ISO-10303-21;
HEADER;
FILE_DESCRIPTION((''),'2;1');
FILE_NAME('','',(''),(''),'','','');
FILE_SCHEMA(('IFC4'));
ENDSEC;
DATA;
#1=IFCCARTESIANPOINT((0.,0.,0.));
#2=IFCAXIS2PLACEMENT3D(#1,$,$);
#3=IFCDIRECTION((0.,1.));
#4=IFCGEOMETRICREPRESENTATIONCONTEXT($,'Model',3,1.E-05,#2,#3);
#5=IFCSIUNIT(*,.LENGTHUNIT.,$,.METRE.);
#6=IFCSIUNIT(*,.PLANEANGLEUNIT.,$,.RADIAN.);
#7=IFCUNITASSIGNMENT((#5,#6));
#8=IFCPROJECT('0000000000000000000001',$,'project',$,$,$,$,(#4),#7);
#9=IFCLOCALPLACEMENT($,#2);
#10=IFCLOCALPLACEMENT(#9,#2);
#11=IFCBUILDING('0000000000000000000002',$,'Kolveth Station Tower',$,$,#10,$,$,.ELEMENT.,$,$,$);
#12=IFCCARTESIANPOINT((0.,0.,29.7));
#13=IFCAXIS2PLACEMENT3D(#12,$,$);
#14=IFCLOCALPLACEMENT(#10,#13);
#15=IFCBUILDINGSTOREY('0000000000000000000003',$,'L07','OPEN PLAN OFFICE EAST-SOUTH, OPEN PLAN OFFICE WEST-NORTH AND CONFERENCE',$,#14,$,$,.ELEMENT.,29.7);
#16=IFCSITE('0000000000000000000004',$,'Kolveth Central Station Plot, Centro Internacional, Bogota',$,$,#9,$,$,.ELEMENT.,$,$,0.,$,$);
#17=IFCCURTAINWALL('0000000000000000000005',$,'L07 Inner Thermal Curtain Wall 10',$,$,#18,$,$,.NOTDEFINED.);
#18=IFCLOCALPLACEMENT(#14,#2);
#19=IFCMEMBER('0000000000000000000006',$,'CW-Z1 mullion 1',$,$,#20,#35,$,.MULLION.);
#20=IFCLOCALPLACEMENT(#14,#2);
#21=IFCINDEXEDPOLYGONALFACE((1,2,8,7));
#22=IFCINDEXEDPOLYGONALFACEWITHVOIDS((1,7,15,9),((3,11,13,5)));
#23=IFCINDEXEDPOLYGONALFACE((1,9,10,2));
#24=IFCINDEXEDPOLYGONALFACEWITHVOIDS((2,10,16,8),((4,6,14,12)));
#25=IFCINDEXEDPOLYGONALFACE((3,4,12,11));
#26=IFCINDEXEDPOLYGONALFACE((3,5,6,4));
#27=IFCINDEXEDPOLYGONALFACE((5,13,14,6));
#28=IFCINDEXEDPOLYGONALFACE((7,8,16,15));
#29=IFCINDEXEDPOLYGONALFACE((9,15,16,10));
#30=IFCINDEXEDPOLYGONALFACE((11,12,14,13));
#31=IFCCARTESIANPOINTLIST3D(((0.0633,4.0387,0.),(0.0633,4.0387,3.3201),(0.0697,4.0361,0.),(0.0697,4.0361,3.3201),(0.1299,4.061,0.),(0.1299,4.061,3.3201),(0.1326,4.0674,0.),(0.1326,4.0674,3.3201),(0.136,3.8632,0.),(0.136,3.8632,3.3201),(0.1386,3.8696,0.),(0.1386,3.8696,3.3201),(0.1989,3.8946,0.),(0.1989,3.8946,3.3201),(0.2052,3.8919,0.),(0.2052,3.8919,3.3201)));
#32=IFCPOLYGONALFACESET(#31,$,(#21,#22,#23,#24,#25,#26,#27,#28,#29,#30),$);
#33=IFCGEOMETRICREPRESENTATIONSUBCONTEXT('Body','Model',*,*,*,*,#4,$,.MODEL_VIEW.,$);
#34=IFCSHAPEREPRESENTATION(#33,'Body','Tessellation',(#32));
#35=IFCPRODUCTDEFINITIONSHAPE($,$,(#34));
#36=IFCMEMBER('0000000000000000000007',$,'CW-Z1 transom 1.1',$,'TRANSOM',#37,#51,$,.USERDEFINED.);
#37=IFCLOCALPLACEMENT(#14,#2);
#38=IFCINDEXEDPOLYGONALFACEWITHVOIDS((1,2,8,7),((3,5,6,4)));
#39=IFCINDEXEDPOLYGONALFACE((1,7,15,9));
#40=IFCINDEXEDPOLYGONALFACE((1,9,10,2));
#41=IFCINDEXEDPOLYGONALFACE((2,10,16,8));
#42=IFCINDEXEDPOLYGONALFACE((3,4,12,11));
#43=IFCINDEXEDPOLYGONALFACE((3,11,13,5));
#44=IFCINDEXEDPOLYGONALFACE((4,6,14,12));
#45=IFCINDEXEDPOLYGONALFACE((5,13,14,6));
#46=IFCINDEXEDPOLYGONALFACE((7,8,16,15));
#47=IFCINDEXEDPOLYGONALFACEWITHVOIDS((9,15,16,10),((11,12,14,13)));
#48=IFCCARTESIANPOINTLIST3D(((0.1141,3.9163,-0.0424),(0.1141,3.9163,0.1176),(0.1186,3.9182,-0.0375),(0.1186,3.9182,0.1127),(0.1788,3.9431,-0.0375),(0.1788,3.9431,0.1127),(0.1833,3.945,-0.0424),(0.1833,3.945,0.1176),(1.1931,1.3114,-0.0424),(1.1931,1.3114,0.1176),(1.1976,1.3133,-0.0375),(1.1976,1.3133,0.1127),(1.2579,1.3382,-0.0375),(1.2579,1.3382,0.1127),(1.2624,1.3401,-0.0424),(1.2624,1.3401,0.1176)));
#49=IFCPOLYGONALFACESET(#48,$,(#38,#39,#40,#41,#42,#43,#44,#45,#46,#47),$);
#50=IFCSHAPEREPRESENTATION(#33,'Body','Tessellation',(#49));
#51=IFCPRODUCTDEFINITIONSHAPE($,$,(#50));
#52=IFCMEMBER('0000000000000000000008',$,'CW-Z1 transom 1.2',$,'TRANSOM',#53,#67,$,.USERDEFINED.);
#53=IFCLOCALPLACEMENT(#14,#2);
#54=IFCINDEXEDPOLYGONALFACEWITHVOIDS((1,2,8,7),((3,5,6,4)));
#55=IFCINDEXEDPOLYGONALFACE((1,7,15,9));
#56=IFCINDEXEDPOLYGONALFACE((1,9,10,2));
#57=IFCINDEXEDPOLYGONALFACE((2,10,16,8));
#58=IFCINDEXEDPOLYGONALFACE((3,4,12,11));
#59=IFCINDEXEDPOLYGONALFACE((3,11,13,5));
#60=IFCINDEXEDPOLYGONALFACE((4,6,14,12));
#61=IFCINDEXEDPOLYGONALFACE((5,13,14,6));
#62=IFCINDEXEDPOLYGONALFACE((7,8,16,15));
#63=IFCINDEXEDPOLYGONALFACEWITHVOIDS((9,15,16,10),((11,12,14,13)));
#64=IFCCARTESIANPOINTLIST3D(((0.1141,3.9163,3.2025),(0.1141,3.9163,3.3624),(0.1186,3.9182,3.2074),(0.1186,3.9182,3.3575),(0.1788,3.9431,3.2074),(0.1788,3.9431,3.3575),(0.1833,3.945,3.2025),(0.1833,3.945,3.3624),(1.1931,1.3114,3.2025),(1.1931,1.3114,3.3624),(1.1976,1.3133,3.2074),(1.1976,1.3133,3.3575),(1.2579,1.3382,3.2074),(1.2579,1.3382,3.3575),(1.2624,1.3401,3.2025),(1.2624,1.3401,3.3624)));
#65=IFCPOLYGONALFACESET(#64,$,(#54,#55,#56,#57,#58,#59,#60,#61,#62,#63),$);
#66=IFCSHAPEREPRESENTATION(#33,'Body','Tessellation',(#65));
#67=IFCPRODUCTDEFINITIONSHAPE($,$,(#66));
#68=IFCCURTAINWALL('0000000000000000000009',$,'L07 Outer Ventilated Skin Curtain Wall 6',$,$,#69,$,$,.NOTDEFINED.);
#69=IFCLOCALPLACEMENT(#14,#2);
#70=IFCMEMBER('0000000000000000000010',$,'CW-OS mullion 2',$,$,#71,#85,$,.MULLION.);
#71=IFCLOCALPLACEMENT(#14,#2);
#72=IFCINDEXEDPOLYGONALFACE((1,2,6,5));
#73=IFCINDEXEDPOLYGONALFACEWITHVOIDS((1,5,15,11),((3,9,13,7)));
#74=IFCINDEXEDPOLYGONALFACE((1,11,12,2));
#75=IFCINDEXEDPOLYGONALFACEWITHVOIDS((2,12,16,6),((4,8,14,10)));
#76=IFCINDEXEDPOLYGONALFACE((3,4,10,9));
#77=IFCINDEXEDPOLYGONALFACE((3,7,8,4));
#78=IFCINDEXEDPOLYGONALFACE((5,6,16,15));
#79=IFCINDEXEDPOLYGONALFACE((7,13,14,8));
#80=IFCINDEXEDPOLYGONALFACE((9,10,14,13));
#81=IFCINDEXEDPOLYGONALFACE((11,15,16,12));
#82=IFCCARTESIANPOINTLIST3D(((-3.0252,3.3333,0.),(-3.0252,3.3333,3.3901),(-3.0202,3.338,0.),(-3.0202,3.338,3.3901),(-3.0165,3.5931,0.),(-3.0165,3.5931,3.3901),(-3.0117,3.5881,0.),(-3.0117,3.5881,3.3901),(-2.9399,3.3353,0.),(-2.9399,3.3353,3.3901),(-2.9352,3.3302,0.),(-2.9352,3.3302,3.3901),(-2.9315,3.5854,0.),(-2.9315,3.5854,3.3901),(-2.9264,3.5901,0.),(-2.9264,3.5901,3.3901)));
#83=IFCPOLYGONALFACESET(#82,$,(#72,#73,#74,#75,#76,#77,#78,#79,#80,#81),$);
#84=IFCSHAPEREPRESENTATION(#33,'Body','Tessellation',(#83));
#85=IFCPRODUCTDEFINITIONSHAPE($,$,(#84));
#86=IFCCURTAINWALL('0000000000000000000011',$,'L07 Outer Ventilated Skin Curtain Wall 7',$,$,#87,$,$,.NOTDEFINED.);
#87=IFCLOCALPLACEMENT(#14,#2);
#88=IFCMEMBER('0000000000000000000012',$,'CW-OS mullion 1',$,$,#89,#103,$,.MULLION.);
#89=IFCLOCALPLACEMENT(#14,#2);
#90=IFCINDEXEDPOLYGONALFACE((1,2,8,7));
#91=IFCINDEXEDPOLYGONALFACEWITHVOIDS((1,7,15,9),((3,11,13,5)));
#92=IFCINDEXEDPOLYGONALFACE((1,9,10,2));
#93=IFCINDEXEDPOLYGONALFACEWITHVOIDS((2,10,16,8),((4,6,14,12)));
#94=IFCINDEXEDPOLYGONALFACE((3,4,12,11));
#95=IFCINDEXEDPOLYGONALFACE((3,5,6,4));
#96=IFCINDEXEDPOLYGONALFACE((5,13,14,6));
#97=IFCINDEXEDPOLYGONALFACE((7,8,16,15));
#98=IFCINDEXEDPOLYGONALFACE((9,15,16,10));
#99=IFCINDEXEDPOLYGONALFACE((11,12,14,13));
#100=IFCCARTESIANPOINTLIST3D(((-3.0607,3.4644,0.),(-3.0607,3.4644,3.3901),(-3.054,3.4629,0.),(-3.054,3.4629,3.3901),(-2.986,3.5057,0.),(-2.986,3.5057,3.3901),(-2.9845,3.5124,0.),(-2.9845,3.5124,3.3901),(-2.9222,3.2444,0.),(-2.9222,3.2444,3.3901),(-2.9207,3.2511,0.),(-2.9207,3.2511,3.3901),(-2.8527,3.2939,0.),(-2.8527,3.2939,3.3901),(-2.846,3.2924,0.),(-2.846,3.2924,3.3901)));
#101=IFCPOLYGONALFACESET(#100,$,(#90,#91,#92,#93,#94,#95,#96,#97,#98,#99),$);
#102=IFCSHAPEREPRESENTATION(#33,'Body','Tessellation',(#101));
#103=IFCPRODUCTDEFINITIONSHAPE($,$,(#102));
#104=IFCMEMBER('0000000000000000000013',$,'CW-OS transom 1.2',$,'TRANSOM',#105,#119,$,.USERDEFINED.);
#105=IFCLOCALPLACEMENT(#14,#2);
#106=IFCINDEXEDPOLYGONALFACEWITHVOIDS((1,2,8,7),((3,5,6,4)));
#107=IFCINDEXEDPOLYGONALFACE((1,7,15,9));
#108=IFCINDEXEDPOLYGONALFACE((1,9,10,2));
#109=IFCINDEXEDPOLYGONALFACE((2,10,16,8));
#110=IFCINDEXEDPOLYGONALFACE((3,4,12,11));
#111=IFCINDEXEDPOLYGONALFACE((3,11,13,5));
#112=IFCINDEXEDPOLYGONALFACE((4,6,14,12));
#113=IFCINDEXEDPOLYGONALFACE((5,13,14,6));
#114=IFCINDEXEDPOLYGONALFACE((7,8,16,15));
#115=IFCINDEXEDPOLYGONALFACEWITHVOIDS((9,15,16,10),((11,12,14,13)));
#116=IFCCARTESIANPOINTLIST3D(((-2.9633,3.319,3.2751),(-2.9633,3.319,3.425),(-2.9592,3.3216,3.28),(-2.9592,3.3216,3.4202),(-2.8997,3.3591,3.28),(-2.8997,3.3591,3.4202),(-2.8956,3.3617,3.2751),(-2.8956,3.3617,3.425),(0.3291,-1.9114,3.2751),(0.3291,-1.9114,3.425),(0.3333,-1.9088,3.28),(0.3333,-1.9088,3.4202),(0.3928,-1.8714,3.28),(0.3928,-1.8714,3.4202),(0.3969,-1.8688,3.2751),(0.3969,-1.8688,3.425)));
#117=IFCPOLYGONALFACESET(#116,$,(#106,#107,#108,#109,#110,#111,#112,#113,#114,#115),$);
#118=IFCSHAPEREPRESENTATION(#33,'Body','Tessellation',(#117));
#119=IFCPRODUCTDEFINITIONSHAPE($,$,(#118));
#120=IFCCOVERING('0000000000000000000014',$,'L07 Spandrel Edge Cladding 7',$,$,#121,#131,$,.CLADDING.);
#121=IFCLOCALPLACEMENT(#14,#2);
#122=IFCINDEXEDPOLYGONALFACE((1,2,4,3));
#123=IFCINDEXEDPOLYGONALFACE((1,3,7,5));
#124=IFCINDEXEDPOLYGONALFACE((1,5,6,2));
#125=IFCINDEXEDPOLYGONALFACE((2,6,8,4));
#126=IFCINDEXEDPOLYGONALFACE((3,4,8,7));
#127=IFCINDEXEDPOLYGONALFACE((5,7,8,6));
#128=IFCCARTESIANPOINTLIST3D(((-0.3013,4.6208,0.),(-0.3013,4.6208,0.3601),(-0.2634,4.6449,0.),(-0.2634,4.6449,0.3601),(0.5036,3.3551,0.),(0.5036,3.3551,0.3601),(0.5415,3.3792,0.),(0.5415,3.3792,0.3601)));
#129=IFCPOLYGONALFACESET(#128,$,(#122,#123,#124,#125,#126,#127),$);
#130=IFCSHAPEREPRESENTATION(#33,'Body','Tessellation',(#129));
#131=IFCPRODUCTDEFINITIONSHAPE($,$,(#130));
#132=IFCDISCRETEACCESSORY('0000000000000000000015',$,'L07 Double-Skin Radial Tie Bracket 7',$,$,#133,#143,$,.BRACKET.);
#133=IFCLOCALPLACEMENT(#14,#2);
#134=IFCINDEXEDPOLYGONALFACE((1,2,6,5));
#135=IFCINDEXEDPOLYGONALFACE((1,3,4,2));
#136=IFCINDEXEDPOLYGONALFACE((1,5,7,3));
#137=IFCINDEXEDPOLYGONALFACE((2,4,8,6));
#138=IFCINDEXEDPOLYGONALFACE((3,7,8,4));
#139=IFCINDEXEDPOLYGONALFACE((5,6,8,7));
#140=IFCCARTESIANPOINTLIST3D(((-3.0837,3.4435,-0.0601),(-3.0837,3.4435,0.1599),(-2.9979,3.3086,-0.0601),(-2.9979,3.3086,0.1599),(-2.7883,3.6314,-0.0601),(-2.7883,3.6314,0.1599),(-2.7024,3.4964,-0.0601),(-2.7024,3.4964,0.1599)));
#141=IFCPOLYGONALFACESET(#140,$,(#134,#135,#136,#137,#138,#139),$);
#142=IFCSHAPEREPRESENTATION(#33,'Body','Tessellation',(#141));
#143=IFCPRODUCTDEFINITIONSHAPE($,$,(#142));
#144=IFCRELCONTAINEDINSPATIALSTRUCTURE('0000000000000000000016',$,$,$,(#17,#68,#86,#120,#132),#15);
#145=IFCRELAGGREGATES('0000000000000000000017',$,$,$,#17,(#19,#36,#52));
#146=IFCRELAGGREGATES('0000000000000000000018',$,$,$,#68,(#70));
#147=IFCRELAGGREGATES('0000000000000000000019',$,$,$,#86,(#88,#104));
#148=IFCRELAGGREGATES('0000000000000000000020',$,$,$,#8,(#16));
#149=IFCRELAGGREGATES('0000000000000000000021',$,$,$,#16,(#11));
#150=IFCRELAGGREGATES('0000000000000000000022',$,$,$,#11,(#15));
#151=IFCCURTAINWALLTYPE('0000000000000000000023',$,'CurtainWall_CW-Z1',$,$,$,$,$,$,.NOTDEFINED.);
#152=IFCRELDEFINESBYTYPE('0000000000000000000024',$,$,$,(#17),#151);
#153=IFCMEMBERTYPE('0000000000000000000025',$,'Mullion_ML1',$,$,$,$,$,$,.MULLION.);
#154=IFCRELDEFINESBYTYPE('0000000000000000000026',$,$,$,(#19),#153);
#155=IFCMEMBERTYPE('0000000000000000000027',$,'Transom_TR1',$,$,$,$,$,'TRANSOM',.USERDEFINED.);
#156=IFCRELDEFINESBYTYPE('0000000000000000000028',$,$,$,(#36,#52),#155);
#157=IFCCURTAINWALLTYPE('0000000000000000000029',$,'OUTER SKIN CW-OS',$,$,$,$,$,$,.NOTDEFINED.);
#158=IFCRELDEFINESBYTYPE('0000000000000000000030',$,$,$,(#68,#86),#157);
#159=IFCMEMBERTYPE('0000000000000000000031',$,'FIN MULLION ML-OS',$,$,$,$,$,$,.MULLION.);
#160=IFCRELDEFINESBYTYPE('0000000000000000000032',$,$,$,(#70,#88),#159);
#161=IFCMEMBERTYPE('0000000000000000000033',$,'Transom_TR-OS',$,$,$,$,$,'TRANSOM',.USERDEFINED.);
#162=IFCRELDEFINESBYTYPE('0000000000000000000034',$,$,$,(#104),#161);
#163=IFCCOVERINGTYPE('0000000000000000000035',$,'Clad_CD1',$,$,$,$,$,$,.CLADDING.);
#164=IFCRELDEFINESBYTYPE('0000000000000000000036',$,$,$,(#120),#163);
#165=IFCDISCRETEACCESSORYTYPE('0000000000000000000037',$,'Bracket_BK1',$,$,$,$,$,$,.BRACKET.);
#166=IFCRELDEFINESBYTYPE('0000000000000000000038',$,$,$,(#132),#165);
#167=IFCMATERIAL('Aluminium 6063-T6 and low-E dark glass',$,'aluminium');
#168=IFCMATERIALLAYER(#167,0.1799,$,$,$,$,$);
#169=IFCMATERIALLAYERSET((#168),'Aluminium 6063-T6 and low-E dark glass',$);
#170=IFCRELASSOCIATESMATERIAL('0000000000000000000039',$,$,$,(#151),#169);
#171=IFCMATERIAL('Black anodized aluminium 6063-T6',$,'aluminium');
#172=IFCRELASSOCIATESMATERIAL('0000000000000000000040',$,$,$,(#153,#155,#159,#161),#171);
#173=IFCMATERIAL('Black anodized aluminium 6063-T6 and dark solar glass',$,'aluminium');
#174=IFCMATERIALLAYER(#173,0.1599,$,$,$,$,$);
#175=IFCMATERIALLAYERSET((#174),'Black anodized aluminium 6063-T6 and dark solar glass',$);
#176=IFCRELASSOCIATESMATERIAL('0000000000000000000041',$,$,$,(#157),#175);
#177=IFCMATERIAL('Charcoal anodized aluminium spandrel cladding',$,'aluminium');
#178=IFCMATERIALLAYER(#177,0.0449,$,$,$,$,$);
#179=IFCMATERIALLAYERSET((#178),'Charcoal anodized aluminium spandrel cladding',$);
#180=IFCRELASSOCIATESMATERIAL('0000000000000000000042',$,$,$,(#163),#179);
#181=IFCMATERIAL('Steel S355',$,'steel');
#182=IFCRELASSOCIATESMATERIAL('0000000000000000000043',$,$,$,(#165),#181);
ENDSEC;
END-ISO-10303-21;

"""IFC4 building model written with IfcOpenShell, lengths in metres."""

from ifc_helpers import new_model, si_unit, direction, frame, origin, origin_2d, place, context, subcontext, project, spatial, rectangle, hollow_rectangle, extrude, source, transform, mapped, material, layer, layer_set, material_profile, profile_set, type_object, element, aggregate, save


model = new_model("IFC4")

# Units and contexts
model_context = context("Model", 3, precision=1e-05, world=origin(), true_north=direction((0.0, 1.0)))
body_context = subcontext(model_context, "Body", "Model", "MODEL_VIEW")
ifc_project = project(units=[si_unit("LENGTHUNIT", "METRE"), si_unit("PLANEANGLEUNIT", "RADIAN")], contexts=[model_context])

# Site, building, storey
site_placement = place(None, origin())
site = spatial("IfcSite", under=ifc_project, at=site_placement, Name="Kolveth Central Station Plot, Centro Internacional, Bogota", CompositionType="ELEMENT", RefElevation=0.0)
building_placement = place(site_placement, origin())
building = spatial("IfcBuilding", under=site, at=building_placement, Name="Kolveth Station Tower", CompositionType="ELEMENT")
storey_placement = place(building_placement, frame((0.0, 0.0, 29.7)))
storey = spatial("IfcBuildingStorey", under=building, at=storey_placement, Name="L07", Description="OPEN PLAN OFFICE EAST-SOUTH, OPEN PLAN OFFICE WEST-NORTH AND CONFERENCE", CompositionType="ELEMENT", Elevation=29.7)

# Shared definitions
ifc_material_1 = material(Name="Steel S355", Category="steel")

# Shared definitions
ifc_material_2 = material(Name="Aluminium 6063-T6 and low-E dark glass", Category="aluminium")
ifc_layer_1 = layer(ifc_material_2, 0.1799)
ifc_layer_set_1 = layer_set([ifc_layer_1], Name="Aluminium 6063-T6 and low-E dark glass")
curtain_wall_type_1 = type_object("IfcCurtainWallType", Name="CurtainWall_CW-Z1", PredefinedType="NOTDEFINED", material=ifc_layer_set_1)
ifc_material_3 = material(Name="Black anodized aluminium 6063-T6", Category="aluminium")
ifc_material_profile_1 = material_profile(ifc_material_3, hollow_rectangle(XDim=0.075, YDim=0.1899, WallThickness=0.0049, at=origin_2d()), Name="ALU-75x190x5")
ifc_profile_set_1 = profile_set([ifc_material_profile_1], Name="Black anodized aluminium 6063-T6")
member_type_1 = type_object("IfcMemberType", Name="Mullion_ML1", PredefinedType="MULLION", material=ifc_profile_set_1)
shared_shape_1 = source(origin(), body_context, "Body", "SweptSolid", [
    extrude(hollow_rectangle(XDim=0.075, YDim=0.1899, WallThickness=0.0049, at=origin_2d()), origin(), (0.0, 0.0, 1.0), 3.3201),
])

# Curtain wall, members
curtain_wall_1_placement = place(storey_placement, origin())
curtain_wall_1 = element("IfcCurtainWall", 1, at=curtain_wall_1_placement, inside=storey, type_object=curtain_wall_type_1, Name="L07 Inner Thermal Curtain Wall 10", PredefinedType="NOTDEFINED")
member_1_placement = place(storey_placement, frame((0.1343, 3.9653, 0.0), z_axis=(0.0, 0.0, 1.0), x_axis=(0.923884, 0.382673, 0.0)))
member_1 = element("IfcMember", 2, at=member_1_placement, type_object=member_type_1, Name="CW-Z1 mullion 1", PredefinedType="MULLION", context=body_context, shape_type="MappedRepresentation", body=[
    mapped(shared_shape_1, transform((0.0, 0.0, 0.0), x_axis=(1.0, 0.0, 0.0), y_axis=(0.0, 1.0, 0.0), z_axis=(0.0, 0.0, 1.0), scale=1.0)),
])
ifc_material_profile_2 = material_profile(ifc_material_3, hollow_rectangle(XDim=0.075, YDim=0.1599, WallThickness=0.0049, at=origin_2d()), Name="ALU-75x160x5")
ifc_profile_set_2 = profile_set([ifc_material_profile_2], Name="Black anodized aluminium 6063-T6")
member_type_2 = type_object("IfcMemberType", Name="Transom_TR1", ElementType="TRANSOM", PredefinedType="USERDEFINED", material=ifc_profile_set_2)
shared_shape_2 = source(origin(), body_context, "Body", "SweptSolid", [
    extrude(hollow_rectangle(XDim=0.075, YDim=0.1599, WallThickness=0.0049, at=origin_2d()), origin(), (0.0, 0.0, 1.0), 2.8196),
])
member_2_placement = place(storey_placement, frame((0.1487, 3.9307, 0.0376), z_axis=(0.382709, -0.923869, 0.0), x_axis=(0.923869, 0.382709, 0.0)))
member_2 = element("IfcMember", 3, at=member_2_placement, type_object=member_type_2, Name="CW-Z1 transom 1.1", ObjectType="TRANSOM", PredefinedType="USERDEFINED", context=body_context, shape_type="MappedRepresentation", body=[
    mapped(shared_shape_2, transform((0.0, 0.0, 0.0), x_axis=(1.0, 0.0, 0.0), y_axis=(0.0, 1.0, 0.0), z_axis=(0.0, 0.0, 1.0), scale=1.0)),
])
member_3_placement = place(storey_placement, frame((0.1487, 3.9307, 3.2825), z_axis=(0.382709, -0.923869, 0.0), x_axis=(0.923869, 0.382709, 0.0)))
member_3 = element("IfcMember", 4, at=member_3_placement, type_object=member_type_2, Name="CW-Z1 transom 1.2", ObjectType="TRANSOM", PredefinedType="USERDEFINED", context=body_context, shape_type="MappedRepresentation", body=[
    mapped(shared_shape_2, transform((0.0, 0.0, 0.0), x_axis=(1.0, 0.0, 0.0), y_axis=(0.0, 1.0, 0.0), z_axis=(0.0, 0.0, 1.0), scale=1.0)),
])
aggregate(curtain_wall_1, [member_1, member_2, member_3])

# Curtain wall, member
ifc_material_4 = material(Name="Black anodized aluminium 6063-T6 and dark solar glass", Category="aluminium")
ifc_layer_2 = layer(ifc_material_4, 0.1599)
ifc_layer_set_2 = layer_set([ifc_layer_2], Name="Black anodized aluminium 6063-T6 and dark solar glass")
curtain_wall_type_2 = type_object("IfcCurtainWallType", Name="OUTER SKIN CW-OS", PredefinedType="NOTDEFINED", material=ifc_layer_set_2)
curtain_wall_2_placement = place(storey_placement, origin())
curtain_wall_2 = element("IfcCurtainWall", 5, at=curtain_wall_2_placement, inside=storey, type_object=curtain_wall_type_2, Name="L07 Outer Ventilated Skin Curtain Wall 6", PredefinedType="NOTDEFINED")
ifc_material_profile_3 = material_profile(ifc_material_3, hollow_rectangle(XDim=0.0901, YDim=0.26, WallThickness=0.0049, at=origin_2d()), Name="ALU-90x260x5")
ifc_profile_set_3 = profile_set([ifc_material_profile_3], Name="Black anodized aluminium 6063-T6")
member_type_3 = type_object("IfcMemberType", Name="FIN MULLION ML-OS", PredefinedType="MULLION", material=ifc_profile_set_3)
shared_shape_3 = source(origin(), body_context, "Body", "SweptSolid", [
    extrude(hollow_rectangle(XDim=0.0901, YDim=0.26, WallThickness=0.0049, at=origin_2d()), origin(), (0.0, 0.0, 1.0), 3.3901),
])
member_4_placement = place(storey_placement, frame((-2.9758, 3.4617, 0.0), z_axis=(0.0, 0.0, 1.0), x_axis=(0.999431, -0.033727, 0.0)))
member_4 = element("IfcMember", 6, at=member_4_placement, type_object=member_type_3, Name="CW-OS mullion 2", PredefinedType="MULLION", context=body_context, shape_type="MappedRepresentation", body=[
    mapped(shared_shape_3, transform((0.0, 0.0, 0.0), x_axis=(1.0, 0.0, 0.0), y_axis=(0.0, 1.0, 0.0), z_axis=(0.0, 0.0, 1.0), scale=1.0)),
])
aggregate(curtain_wall_2, [member_4])

# Curtain wall, members
curtain_wall_3_placement = place(storey_placement, origin())
curtain_wall_3 = element("IfcCurtainWall", 7, at=curtain_wall_3_placement, inside=storey, type_object=curtain_wall_type_2, Name="L07 Outer Ventilated Skin Curtain Wall 7", PredefinedType="NOTDEFINED")
member_5_placement = place(storey_placement, frame((-2.9534, 3.3784, 0.0), z_axis=(0.0, 0.0, 1.0), x_axis=(0.846289, 0.532724, 0.0)))
member_5 = element("IfcMember", 8, at=member_5_placement, type_object=member_type_3, Name="CW-OS mullion 1", PredefinedType="MULLION", context=body_context, shape_type="MappedRepresentation", body=[
    mapped(shared_shape_3, transform((0.0, 0.0, 0.0), x_axis=(1.0, 0.0, 0.0), y_axis=(0.0, 1.0, 0.0), z_axis=(0.0, 0.0, 1.0), scale=1.0)),
])
ifc_material_profile_4 = material_profile(ifc_material_3, hollow_rectangle(XDim=0.0801, YDim=0.1499, WallThickness=0.0049, at=origin_2d()), Name="ALU-80x150x5")
ifc_profile_set_4 = profile_set([ifc_material_profile_4], Name="Black anodized aluminium 6063-T6")
member_type_4 = type_object("IfcMemberType", Name="Transom_TR-OS", ElementType="TRANSOM", PredefinedType="USERDEFINED", material=ifc_profile_set_4)
shared_shape_4 = source(origin(), body_context, "Body", "SweptSolid", [
    extrude(hollow_rectangle(XDim=0.0801, YDim=0.1499, WallThickness=0.0049, at=origin_2d()), origin(), (0.0, 0.0, 1.0), 6.1804),
])
member_6_placement = place(storey_placement, frame((-2.9294, 3.3403, 3.3501), z_axis=(0.532723, -0.84629, 0.0), x_axis=(0.84629, 0.532723, 0.0)))
member_6 = element("IfcMember", 9, at=member_6_placement, type_object=member_type_4, Name="CW-OS transom 1.2", ObjectType="TRANSOM", PredefinedType="USERDEFINED", context=body_context, shape_type="MappedRepresentation", body=[
    mapped(shared_shape_4, transform((0.0, 0.0, 0.0), x_axis=(1.0, 0.0, 0.0), y_axis=(0.0, 1.0, 0.0), z_axis=(0.0, 0.0, 1.0), scale=1.0)),
])
aggregate(curtain_wall_3, [member_5, member_6])

# Covering
ifc_material_5 = material(Name="Charcoal anodized aluminium spandrel cladding", Category="aluminium")
ifc_layer_3 = layer(ifc_material_5, 0.0449)
ifc_layer_set_3 = layer_set([ifc_layer_3], Name="Charcoal anodized aluminium spandrel cladding")
covering_type = type_object("IfcCoveringType", Name="Clad_CD1", PredefinedType="CLADDING", material=ifc_layer_set_3)
shared_shape_5 = source(origin(), body_context, "Body", "SweptSolid", [
    extrude(rectangle(XDim=1.5, YDim=0.0449, at=origin_2d()), origin(), (0.0, 0.0, 1.0), 0.3601),
])
covering_placement = place(storey_placement, frame((0.1201, 4.0, 0.0), z_axis=(0.0, 0.0, 1.0), x_axis=(0.536563, -0.84386, 0.0)))
element("IfcCovering", 10, at=covering_placement, inside=storey, type_object=covering_type, Name="L07 Spandrel Edge Cladding 7", PredefinedType="CLADDING", context=body_context, shape_type="MappedRepresentation", body=[
    mapped(shared_shape_5, transform((0.0, 0.0, 0.0), x_axis=(1.0, 0.0, 0.0), y_axis=(0.0, 1.0, 0.0), z_axis=(0.0, 0.0, 1.0), scale=1.0)),
])

# Discrete accessory
discrete_accessory_type = type_object("IfcDiscreteAccessoryType", Name="Bracket_BK1", PredefinedType="BRACKET", material=ifc_material_1)
shared_shape_6 = source(origin(), body_context, "Body", "SweptSolid", [
    extrude(rectangle(XDim=0.3501, YDim=0.1599, at=origin_2d()), origin(), (0.0, 0.0, 1.0), 0.22),
])
discrete_accessory_placement = place(storey_placement, frame((-2.8931, 3.47, -0.0601), z_axis=(0.0, 0.0, 1.0), x_axis=(-0.84386, -0.536563, 0.0)))
element("IfcDiscreteAccessory", 11, at=discrete_accessory_placement, inside=storey, type_object=discrete_accessory_type, Name="L07 Double-Skin Radial Tie Bracket 7", PredefinedType="BRACKET", context=body_context, shape_type="MappedRepresentation", body=[
    mapped(shared_shape_6, transform((0.0, 0.0, 0.0), x_axis=(1.0, 0.0, 0.0), y_axis=(0.0, 1.0, 0.0), z_axis=(0.0, 0.0, 1.0), scale=1.0)),
])

save(model, "model.ifc")
